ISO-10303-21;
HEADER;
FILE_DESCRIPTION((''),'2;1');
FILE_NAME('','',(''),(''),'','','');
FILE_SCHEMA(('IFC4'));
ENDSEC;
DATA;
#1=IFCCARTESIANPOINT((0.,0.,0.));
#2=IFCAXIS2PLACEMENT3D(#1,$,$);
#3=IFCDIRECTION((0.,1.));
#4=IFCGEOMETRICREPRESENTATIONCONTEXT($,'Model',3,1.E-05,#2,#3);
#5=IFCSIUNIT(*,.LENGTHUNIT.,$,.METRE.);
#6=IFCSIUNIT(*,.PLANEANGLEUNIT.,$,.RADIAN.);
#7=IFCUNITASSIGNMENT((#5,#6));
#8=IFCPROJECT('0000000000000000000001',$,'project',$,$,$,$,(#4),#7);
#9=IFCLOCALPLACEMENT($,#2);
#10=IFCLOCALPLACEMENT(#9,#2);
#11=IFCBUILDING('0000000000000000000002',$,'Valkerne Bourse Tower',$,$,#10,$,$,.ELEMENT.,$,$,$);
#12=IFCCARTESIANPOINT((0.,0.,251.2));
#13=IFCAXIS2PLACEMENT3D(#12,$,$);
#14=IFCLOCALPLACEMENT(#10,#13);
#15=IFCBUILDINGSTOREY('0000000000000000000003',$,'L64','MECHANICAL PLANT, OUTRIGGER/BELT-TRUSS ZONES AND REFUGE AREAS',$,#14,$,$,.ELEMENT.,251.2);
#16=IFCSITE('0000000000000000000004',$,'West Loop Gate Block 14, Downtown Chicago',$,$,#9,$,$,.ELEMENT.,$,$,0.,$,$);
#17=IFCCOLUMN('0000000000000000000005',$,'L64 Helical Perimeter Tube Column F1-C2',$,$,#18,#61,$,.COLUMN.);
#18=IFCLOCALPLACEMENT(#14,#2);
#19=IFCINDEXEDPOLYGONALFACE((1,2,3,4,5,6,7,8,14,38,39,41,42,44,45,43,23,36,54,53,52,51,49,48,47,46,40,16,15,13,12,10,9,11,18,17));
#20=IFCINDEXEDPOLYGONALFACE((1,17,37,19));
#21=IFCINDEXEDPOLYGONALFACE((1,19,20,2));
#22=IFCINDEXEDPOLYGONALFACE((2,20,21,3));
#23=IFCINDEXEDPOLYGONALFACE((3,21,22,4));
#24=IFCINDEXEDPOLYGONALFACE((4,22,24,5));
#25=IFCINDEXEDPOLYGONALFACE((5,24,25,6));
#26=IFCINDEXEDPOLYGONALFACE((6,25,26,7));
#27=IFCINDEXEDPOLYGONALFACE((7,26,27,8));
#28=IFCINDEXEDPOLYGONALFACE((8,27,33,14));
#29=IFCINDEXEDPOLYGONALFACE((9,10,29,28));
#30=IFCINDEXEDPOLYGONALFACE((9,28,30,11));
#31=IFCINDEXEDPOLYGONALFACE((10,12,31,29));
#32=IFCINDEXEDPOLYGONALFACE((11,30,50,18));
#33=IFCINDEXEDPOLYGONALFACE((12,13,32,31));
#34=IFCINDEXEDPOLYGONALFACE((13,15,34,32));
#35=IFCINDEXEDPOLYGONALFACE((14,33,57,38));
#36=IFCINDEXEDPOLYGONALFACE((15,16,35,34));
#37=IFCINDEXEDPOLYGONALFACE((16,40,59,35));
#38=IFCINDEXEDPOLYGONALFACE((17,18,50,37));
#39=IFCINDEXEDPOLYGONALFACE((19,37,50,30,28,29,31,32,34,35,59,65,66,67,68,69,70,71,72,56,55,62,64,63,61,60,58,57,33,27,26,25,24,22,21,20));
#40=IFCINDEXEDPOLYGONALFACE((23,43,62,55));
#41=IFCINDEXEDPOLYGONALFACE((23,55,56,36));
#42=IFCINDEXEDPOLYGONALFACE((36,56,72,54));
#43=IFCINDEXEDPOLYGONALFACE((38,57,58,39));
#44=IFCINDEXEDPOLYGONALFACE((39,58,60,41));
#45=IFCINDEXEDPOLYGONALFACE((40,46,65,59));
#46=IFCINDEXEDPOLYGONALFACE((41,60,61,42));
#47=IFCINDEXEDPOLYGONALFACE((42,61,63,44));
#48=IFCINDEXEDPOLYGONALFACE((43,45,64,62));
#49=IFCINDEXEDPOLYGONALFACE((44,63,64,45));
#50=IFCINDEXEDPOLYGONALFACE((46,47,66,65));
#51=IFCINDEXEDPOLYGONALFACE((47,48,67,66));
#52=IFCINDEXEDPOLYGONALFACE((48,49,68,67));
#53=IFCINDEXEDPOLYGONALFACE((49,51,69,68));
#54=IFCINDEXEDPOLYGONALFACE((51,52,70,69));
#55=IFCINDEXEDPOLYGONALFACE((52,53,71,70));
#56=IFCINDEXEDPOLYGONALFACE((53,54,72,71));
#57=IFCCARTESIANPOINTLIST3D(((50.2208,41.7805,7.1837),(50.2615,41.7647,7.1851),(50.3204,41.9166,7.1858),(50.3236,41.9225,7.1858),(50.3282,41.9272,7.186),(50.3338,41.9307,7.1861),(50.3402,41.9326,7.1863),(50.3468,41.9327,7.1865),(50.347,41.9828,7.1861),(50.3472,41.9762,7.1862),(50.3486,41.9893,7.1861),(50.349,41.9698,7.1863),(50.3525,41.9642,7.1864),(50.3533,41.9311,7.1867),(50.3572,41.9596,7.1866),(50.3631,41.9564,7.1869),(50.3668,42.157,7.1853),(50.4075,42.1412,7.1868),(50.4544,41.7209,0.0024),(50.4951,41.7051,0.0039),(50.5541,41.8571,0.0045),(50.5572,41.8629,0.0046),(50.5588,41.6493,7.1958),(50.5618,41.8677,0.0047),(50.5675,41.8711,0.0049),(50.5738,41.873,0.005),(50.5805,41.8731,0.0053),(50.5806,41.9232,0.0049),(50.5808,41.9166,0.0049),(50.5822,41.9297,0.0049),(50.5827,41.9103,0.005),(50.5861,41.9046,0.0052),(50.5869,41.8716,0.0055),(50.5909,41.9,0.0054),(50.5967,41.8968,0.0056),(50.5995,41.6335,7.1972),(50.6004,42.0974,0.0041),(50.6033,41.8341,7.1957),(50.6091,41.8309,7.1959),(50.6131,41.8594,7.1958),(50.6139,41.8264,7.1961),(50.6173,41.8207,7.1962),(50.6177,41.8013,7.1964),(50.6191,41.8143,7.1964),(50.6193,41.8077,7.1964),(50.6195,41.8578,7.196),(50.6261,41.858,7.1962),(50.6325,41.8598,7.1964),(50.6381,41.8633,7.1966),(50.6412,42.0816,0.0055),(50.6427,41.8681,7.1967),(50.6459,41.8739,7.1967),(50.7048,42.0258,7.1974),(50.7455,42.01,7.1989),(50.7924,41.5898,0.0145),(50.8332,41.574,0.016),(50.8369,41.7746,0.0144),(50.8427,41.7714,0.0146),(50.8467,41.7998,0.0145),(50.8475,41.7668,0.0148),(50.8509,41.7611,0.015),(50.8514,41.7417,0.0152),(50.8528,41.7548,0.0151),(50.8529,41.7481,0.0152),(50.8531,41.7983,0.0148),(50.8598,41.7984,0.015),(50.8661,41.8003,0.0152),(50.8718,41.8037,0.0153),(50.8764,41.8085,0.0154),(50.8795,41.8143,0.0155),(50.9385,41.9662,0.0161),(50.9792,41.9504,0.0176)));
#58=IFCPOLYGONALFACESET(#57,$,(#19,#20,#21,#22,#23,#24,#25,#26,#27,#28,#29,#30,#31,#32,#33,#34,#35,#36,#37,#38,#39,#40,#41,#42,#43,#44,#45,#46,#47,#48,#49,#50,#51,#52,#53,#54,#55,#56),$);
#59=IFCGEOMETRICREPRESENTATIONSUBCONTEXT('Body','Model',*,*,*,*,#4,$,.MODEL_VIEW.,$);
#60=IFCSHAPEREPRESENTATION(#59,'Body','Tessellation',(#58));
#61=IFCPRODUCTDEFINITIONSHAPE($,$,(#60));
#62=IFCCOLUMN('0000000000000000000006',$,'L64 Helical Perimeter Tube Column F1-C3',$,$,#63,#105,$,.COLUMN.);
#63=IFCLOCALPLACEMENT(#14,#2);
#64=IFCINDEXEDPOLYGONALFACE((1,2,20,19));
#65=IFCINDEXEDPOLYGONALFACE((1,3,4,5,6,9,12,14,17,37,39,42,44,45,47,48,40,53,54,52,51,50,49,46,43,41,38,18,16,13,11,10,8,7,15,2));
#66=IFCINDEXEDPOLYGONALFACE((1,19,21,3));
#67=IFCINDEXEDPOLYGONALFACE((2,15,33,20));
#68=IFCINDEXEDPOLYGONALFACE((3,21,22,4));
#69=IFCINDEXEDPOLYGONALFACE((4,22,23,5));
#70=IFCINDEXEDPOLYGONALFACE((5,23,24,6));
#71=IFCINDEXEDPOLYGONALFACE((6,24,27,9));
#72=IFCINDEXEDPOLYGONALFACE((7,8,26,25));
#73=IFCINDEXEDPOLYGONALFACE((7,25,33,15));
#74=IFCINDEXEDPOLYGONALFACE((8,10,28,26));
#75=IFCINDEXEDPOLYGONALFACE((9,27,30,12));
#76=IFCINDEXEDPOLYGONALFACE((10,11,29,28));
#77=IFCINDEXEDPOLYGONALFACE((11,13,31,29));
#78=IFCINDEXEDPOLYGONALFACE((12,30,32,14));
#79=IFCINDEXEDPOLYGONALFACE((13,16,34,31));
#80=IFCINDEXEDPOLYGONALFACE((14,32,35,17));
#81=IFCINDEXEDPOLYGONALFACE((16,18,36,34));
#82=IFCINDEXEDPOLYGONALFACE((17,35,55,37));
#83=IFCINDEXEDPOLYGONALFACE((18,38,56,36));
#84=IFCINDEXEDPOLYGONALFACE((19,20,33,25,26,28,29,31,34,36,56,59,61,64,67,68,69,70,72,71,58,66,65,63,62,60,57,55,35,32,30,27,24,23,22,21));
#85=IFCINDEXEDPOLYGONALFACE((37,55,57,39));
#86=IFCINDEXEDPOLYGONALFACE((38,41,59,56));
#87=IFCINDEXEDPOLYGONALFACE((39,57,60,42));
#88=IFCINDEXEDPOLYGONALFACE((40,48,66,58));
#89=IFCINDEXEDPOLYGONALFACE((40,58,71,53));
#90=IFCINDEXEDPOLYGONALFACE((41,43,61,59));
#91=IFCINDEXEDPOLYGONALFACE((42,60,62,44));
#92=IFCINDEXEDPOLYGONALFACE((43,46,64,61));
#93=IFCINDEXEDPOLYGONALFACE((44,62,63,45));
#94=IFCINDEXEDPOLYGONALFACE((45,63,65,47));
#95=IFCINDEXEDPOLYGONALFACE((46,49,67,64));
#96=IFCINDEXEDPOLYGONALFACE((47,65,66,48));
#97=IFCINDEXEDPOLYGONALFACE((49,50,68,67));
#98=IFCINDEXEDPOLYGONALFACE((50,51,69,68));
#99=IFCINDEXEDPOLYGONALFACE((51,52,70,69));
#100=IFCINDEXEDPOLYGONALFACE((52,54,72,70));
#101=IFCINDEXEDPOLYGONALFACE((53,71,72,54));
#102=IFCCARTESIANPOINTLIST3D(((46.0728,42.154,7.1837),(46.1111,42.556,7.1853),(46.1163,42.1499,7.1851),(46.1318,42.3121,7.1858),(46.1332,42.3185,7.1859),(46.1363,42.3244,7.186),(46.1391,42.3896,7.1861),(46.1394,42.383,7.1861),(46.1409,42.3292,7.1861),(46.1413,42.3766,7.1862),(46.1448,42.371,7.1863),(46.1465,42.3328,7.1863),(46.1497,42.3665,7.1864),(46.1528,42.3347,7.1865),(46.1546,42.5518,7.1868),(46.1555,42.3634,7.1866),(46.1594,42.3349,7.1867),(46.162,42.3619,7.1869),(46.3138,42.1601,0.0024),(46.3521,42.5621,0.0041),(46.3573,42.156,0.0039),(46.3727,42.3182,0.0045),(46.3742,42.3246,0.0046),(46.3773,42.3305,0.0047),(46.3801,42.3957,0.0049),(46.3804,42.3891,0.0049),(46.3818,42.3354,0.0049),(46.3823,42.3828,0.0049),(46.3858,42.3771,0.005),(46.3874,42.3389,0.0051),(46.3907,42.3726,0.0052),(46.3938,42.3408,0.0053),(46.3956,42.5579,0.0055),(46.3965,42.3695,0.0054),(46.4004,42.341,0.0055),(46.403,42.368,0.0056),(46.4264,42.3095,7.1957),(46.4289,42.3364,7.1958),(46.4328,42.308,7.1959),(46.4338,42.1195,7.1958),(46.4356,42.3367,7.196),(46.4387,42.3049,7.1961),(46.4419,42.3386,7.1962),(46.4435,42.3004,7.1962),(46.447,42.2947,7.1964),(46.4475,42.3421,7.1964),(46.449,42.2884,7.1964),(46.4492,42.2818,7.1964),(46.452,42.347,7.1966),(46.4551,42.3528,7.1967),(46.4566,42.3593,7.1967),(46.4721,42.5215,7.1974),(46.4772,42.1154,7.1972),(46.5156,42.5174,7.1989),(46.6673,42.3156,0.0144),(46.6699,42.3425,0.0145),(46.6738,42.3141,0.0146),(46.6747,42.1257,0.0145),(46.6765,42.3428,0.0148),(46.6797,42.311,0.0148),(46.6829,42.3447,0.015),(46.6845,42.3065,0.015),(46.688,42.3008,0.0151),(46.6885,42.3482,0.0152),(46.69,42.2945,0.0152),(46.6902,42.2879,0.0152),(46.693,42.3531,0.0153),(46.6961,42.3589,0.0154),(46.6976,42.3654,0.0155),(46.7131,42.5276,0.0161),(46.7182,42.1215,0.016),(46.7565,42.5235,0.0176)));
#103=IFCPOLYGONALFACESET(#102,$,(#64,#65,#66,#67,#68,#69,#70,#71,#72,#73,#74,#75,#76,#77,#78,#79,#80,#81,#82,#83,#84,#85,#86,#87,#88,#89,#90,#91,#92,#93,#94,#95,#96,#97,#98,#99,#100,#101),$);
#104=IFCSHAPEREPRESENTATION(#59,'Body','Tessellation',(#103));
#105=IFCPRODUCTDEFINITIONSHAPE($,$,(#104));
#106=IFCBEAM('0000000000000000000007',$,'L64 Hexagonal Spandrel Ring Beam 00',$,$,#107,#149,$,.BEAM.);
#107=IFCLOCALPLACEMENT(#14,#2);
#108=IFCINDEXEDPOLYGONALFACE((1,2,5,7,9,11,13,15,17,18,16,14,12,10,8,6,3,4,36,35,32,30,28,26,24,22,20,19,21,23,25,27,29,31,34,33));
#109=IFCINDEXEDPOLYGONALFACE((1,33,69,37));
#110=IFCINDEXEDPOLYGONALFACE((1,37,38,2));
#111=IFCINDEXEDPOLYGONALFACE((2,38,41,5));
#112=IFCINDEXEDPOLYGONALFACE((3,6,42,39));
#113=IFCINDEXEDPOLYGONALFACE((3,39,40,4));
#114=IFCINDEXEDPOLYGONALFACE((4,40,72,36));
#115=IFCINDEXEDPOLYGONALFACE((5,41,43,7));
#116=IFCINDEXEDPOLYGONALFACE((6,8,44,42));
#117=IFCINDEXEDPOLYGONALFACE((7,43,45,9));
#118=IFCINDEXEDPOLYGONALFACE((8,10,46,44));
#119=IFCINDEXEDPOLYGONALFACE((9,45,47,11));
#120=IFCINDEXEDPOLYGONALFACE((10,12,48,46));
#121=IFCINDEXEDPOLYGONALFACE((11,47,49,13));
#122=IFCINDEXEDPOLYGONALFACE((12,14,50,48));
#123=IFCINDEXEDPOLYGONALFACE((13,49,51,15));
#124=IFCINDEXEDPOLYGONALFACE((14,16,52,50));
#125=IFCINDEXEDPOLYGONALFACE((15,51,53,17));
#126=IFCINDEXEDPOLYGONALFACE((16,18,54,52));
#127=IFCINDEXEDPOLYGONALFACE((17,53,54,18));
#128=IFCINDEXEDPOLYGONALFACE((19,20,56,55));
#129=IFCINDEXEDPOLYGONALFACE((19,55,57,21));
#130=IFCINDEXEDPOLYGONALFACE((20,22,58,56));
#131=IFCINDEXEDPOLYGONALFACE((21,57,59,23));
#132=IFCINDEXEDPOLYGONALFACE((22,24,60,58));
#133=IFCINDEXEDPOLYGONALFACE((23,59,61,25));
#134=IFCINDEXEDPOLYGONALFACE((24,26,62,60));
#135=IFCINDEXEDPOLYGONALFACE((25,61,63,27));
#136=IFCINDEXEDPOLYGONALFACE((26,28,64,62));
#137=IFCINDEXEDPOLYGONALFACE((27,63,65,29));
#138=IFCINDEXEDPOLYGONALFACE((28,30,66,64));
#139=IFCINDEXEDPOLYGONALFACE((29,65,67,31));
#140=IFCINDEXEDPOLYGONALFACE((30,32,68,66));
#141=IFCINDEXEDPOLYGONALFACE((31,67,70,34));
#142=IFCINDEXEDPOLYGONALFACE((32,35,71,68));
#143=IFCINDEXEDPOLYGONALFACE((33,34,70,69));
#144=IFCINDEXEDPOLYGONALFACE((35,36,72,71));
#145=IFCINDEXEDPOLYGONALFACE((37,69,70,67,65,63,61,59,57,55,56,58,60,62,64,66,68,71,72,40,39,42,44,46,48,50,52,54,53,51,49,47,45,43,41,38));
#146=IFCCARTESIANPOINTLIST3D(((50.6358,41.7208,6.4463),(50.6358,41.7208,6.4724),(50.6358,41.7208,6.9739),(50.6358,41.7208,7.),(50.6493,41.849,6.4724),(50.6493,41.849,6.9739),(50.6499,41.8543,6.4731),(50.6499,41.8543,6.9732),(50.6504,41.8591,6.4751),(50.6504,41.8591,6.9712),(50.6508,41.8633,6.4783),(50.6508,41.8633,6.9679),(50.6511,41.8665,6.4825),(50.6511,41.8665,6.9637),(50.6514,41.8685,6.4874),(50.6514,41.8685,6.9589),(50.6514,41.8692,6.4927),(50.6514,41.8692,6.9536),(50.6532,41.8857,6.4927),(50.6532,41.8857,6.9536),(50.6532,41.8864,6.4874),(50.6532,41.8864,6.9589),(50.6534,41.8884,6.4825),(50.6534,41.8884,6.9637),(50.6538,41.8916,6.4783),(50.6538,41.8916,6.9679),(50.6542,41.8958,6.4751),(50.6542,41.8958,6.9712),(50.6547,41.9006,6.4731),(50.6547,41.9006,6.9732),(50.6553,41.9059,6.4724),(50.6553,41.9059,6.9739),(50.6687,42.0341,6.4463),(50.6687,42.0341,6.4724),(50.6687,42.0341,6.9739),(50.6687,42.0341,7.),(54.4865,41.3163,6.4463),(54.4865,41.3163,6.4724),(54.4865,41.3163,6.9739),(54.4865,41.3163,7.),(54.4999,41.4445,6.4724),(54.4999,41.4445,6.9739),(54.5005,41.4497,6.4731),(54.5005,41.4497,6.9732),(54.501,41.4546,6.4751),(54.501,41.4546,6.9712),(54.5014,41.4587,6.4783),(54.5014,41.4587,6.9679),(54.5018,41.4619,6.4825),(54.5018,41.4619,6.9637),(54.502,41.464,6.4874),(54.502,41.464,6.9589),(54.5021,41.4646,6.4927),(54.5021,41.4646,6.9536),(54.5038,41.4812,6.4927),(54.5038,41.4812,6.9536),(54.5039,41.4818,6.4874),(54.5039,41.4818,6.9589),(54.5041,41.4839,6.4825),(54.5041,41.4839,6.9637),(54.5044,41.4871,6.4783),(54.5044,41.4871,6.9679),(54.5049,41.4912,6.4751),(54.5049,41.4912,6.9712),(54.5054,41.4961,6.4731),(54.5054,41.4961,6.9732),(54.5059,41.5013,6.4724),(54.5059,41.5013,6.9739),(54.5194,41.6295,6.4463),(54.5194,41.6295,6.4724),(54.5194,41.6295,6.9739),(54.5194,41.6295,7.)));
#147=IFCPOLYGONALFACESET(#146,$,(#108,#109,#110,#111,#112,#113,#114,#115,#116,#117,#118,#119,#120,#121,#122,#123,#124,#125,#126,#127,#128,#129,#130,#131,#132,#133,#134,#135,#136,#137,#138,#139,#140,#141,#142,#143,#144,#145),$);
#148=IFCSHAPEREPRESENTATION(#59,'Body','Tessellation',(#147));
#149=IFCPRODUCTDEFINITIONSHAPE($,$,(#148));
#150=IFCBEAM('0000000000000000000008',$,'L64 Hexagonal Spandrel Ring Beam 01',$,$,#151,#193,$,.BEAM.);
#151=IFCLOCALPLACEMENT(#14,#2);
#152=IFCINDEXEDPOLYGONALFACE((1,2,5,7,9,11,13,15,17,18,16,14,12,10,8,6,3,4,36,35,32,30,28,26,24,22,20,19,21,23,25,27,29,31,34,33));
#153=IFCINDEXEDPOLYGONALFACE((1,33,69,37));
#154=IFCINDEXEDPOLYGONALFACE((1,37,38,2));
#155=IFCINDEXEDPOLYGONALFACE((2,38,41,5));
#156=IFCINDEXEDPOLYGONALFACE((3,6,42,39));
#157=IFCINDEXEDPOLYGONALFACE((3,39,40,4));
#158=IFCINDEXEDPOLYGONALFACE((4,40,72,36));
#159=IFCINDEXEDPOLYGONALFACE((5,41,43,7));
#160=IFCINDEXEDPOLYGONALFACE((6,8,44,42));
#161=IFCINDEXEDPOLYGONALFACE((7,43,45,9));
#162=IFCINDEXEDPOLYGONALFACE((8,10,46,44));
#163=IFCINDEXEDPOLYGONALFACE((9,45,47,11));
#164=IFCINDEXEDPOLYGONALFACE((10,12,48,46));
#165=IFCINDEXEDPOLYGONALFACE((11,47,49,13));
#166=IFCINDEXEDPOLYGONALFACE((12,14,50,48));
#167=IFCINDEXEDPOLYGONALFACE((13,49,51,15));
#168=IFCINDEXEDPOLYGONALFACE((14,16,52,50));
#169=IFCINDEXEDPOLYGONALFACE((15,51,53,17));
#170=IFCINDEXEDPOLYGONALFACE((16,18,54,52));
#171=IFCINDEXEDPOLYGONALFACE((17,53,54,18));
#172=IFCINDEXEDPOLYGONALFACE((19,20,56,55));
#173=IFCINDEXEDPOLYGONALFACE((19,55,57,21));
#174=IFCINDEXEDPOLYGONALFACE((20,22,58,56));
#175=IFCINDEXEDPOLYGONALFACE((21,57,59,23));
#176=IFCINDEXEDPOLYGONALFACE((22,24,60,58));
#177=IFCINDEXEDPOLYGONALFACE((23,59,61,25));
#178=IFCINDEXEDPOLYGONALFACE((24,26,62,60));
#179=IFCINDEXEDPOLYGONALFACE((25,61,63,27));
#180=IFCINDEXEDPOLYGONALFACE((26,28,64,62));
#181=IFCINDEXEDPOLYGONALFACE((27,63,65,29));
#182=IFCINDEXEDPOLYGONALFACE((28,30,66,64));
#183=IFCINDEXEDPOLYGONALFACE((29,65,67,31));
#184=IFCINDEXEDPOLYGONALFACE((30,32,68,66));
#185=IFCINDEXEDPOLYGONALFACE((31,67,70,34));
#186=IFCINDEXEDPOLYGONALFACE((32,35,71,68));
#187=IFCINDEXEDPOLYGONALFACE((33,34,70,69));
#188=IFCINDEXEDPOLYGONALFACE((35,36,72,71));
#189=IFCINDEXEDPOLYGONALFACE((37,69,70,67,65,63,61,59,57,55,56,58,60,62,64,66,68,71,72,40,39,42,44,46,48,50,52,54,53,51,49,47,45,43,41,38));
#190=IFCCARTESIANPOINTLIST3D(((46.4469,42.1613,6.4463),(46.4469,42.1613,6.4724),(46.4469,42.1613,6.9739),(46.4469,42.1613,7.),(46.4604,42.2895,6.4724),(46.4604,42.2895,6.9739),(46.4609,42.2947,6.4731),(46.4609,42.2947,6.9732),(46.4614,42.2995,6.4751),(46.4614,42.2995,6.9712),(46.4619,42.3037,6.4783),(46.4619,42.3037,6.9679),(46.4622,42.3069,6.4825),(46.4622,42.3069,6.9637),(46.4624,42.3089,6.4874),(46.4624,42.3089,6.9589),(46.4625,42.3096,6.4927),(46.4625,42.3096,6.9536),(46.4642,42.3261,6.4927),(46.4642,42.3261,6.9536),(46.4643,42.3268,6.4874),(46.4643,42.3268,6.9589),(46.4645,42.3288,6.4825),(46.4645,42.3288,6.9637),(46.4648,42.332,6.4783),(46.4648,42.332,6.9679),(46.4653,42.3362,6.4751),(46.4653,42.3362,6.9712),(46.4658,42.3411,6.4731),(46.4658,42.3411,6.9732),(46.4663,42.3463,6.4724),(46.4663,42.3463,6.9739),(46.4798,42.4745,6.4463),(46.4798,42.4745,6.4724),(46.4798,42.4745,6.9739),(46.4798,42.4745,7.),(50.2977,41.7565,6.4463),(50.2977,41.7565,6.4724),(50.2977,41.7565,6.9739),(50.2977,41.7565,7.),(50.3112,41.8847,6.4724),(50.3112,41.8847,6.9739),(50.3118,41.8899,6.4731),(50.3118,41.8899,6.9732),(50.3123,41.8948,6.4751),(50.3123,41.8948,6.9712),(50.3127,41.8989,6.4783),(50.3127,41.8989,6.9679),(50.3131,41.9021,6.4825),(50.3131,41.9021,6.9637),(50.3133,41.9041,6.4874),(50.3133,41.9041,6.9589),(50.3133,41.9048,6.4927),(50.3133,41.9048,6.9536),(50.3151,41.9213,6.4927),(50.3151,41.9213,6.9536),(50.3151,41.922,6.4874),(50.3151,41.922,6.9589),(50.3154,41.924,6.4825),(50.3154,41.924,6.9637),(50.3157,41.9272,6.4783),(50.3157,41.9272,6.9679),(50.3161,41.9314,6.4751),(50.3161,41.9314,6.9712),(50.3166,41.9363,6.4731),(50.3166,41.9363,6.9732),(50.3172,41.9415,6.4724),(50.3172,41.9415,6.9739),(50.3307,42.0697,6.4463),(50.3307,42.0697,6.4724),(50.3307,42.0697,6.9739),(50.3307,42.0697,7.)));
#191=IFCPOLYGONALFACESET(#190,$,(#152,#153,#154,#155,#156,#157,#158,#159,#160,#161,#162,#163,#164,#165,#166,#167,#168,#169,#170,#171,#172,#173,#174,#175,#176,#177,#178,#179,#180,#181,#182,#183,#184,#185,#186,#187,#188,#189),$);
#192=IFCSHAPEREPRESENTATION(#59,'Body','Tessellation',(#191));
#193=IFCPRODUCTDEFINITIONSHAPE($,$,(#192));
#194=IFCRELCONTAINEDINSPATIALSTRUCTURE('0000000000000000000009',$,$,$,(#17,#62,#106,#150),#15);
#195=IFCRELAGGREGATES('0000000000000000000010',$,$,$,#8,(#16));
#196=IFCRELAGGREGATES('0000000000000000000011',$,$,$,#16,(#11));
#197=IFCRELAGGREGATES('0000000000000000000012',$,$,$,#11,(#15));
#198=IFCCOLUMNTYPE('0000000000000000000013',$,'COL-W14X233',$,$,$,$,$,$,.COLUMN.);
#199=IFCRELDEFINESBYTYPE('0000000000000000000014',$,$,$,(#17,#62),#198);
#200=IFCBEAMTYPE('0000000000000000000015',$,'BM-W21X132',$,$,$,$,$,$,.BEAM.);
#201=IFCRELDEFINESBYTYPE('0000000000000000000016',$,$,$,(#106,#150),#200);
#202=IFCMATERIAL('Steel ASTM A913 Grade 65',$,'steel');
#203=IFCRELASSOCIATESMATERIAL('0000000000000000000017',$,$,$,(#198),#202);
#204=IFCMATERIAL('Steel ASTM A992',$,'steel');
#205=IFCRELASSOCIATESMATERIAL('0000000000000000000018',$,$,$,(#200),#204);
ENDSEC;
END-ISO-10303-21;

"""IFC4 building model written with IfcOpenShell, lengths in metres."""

from ifc_helpers import new_model, si_unit, direction, frame, origin, origin_2d, place, context, subcontext, project, spatial, i_section, extrude, material, material_profile, profile_set, type_object, element, save


model = new_model("IFC4")

# Units and contexts
model_context = context("Model", 3, precision=1e-05, world=origin(), true_north=direction((0.0, 1.0)))
body_context = subcontext(model_context, "Body", "Model", "MODEL_VIEW")
ifc_project = project(units=[si_unit("LENGTHUNIT", "METRE"), si_unit("PLANEANGLEUNIT", "RADIAN")], contexts=[model_context])

# Site, building, storey
site_placement = place(None, origin())
site = spatial("IfcSite", under=ifc_project, at=site_placement, Name="West Loop Gate Block 14, Downtown Chicago", CompositionType="ELEMENT", RefElevation=0.0)
building_placement = place(site_placement, origin())
building = spatial("IfcBuilding", under=site, at=building_placement, Name="Valkerne Bourse Tower", CompositionType="ELEMENT")
storey_placement = place(building_placement, frame((0.0, 0.0, 251.2)))
storey = spatial("IfcBuildingStorey", under=building, at=storey_placement, Name="L64", Description="MECHANICAL PLANT, OUTRIGGER/BELT-TRUSS ZONES AND REFUGE AREAS", CompositionType="ELEMENT", Elevation=251.2)

# Columns
ifc_material_1 = material(Name="Steel ASTM A913 Grade 65", Category="steel")
ifc_material_profile_1 = material_profile(ifc_material_1, i_section(OverallWidth=0.4038, OverallDepth=0.4065, WebThickness=0.0271, FlangeThickness=0.0437, FilletRadius=0.0254, at=origin_2d()), Name="W14X233")
ifc_profile_set_1 = profile_set([ifc_material_profile_1], Name="Steel ASTM A913 Grade 65")
column_type = type_object("IfcColumnType", Name="COL-W14X233", PredefinedType="COLUMN", material=ifc_profile_set_1)
for number, where, z_axis, x_axis, name in (
    (1, (50.7168, 41.8357, 0.01), (-0.032517, 0.008291, 0.999437), (0.361617, 0.932318, 0.004031), "L64 Helical Perimeter Tube Column F1-C2"),
    (2, (46.5352, 42.3418, 0.01), (-0.033537, -0.000849, 0.999437), (0.094893, 0.995479, 0.00403), "L64 Helical Perimeter Tube Column F1-C3"),
):
    element("IfcColumn", number, at=place(storey_placement, frame(where, z_axis=z_axis, x_axis=x_axis)), inside=storey, type_object=column_type, Name=name, PredefinedType="COLUMN", context=body_context, shape_type="SweptSolid", body=[
        extrude(i_section(OverallWidth=0.4038, OverallDepth=0.4065, WebThickness=0.0271, FlangeThickness=0.0437, FilletRadius=0.0254, at=origin_2d()), origin(), (0.0, 0.0, 1.0), 7.1853),
    ])

# Beams
ifc_material_2 = material(Name="Steel ASTM A992", Category="steel")
ifc_material_profile_2 = material_profile(ifc_material_2, i_section(OverallWidth=0.3149, OverallDepth=0.5537, WebThickness=0.0166, FlangeThickness=0.0261, FilletRadius=0.0203, at=origin_2d()), Name="W21X132")
ifc_profile_set_2 = profile_set([ifc_material_profile_2], Name="Steel ASTM A992")
beam_type = type_object("IfcBeamType", Name="BM-W21X132", PredefinedType="BEAM", material=ifc_profile_set_2)
beam_1_placement = place(storey_placement, frame((54.5029, 41.4729, 6.7231), z_axis=(-0.994527, 0.104485, 0.0), x_axis=(-0.104485, -0.994527, 0.0)))
element("IfcBeam", 3, at=beam_1_placement, inside=storey, type_object=beam_type, Name="L64 Hexagonal Spandrel Ring Beam 00", PredefinedType="BEAM", context=body_context, shape_type="SweptSolid", body=[
    extrude(i_section(OverallWidth=0.3149, OverallDepth=0.5537, WebThickness=0.0166, FlangeThickness=0.0261, FilletRadius=0.0203, at=origin_2d()), origin(), (0.0, 0.0, 1.0), 3.8718),
])
beam_2_placement = place(storey_placement, frame((50.3142, 41.9131, 6.7231), z_axis=(-0.994521, 0.10454, 0.0), x_axis=(-0.10454, -0.994521, 0.0)))
element("IfcBeam", 4, at=beam_2_placement, inside=storey, type_object=beam_type, Name="L64 Hexagonal Spandrel Ring Beam 01", PredefinedType="BEAM", context=body_context, shape_type="SweptSolid", body=[
    extrude(i_section(OverallWidth=0.3149, OverallDepth=0.5537, WebThickness=0.0166, FlangeThickness=0.0261, FilletRadius=0.0203, at=origin_2d()), origin(), (0.0, 0.0, 1.0), 3.8721),
])

save(model, "model.ifc")
